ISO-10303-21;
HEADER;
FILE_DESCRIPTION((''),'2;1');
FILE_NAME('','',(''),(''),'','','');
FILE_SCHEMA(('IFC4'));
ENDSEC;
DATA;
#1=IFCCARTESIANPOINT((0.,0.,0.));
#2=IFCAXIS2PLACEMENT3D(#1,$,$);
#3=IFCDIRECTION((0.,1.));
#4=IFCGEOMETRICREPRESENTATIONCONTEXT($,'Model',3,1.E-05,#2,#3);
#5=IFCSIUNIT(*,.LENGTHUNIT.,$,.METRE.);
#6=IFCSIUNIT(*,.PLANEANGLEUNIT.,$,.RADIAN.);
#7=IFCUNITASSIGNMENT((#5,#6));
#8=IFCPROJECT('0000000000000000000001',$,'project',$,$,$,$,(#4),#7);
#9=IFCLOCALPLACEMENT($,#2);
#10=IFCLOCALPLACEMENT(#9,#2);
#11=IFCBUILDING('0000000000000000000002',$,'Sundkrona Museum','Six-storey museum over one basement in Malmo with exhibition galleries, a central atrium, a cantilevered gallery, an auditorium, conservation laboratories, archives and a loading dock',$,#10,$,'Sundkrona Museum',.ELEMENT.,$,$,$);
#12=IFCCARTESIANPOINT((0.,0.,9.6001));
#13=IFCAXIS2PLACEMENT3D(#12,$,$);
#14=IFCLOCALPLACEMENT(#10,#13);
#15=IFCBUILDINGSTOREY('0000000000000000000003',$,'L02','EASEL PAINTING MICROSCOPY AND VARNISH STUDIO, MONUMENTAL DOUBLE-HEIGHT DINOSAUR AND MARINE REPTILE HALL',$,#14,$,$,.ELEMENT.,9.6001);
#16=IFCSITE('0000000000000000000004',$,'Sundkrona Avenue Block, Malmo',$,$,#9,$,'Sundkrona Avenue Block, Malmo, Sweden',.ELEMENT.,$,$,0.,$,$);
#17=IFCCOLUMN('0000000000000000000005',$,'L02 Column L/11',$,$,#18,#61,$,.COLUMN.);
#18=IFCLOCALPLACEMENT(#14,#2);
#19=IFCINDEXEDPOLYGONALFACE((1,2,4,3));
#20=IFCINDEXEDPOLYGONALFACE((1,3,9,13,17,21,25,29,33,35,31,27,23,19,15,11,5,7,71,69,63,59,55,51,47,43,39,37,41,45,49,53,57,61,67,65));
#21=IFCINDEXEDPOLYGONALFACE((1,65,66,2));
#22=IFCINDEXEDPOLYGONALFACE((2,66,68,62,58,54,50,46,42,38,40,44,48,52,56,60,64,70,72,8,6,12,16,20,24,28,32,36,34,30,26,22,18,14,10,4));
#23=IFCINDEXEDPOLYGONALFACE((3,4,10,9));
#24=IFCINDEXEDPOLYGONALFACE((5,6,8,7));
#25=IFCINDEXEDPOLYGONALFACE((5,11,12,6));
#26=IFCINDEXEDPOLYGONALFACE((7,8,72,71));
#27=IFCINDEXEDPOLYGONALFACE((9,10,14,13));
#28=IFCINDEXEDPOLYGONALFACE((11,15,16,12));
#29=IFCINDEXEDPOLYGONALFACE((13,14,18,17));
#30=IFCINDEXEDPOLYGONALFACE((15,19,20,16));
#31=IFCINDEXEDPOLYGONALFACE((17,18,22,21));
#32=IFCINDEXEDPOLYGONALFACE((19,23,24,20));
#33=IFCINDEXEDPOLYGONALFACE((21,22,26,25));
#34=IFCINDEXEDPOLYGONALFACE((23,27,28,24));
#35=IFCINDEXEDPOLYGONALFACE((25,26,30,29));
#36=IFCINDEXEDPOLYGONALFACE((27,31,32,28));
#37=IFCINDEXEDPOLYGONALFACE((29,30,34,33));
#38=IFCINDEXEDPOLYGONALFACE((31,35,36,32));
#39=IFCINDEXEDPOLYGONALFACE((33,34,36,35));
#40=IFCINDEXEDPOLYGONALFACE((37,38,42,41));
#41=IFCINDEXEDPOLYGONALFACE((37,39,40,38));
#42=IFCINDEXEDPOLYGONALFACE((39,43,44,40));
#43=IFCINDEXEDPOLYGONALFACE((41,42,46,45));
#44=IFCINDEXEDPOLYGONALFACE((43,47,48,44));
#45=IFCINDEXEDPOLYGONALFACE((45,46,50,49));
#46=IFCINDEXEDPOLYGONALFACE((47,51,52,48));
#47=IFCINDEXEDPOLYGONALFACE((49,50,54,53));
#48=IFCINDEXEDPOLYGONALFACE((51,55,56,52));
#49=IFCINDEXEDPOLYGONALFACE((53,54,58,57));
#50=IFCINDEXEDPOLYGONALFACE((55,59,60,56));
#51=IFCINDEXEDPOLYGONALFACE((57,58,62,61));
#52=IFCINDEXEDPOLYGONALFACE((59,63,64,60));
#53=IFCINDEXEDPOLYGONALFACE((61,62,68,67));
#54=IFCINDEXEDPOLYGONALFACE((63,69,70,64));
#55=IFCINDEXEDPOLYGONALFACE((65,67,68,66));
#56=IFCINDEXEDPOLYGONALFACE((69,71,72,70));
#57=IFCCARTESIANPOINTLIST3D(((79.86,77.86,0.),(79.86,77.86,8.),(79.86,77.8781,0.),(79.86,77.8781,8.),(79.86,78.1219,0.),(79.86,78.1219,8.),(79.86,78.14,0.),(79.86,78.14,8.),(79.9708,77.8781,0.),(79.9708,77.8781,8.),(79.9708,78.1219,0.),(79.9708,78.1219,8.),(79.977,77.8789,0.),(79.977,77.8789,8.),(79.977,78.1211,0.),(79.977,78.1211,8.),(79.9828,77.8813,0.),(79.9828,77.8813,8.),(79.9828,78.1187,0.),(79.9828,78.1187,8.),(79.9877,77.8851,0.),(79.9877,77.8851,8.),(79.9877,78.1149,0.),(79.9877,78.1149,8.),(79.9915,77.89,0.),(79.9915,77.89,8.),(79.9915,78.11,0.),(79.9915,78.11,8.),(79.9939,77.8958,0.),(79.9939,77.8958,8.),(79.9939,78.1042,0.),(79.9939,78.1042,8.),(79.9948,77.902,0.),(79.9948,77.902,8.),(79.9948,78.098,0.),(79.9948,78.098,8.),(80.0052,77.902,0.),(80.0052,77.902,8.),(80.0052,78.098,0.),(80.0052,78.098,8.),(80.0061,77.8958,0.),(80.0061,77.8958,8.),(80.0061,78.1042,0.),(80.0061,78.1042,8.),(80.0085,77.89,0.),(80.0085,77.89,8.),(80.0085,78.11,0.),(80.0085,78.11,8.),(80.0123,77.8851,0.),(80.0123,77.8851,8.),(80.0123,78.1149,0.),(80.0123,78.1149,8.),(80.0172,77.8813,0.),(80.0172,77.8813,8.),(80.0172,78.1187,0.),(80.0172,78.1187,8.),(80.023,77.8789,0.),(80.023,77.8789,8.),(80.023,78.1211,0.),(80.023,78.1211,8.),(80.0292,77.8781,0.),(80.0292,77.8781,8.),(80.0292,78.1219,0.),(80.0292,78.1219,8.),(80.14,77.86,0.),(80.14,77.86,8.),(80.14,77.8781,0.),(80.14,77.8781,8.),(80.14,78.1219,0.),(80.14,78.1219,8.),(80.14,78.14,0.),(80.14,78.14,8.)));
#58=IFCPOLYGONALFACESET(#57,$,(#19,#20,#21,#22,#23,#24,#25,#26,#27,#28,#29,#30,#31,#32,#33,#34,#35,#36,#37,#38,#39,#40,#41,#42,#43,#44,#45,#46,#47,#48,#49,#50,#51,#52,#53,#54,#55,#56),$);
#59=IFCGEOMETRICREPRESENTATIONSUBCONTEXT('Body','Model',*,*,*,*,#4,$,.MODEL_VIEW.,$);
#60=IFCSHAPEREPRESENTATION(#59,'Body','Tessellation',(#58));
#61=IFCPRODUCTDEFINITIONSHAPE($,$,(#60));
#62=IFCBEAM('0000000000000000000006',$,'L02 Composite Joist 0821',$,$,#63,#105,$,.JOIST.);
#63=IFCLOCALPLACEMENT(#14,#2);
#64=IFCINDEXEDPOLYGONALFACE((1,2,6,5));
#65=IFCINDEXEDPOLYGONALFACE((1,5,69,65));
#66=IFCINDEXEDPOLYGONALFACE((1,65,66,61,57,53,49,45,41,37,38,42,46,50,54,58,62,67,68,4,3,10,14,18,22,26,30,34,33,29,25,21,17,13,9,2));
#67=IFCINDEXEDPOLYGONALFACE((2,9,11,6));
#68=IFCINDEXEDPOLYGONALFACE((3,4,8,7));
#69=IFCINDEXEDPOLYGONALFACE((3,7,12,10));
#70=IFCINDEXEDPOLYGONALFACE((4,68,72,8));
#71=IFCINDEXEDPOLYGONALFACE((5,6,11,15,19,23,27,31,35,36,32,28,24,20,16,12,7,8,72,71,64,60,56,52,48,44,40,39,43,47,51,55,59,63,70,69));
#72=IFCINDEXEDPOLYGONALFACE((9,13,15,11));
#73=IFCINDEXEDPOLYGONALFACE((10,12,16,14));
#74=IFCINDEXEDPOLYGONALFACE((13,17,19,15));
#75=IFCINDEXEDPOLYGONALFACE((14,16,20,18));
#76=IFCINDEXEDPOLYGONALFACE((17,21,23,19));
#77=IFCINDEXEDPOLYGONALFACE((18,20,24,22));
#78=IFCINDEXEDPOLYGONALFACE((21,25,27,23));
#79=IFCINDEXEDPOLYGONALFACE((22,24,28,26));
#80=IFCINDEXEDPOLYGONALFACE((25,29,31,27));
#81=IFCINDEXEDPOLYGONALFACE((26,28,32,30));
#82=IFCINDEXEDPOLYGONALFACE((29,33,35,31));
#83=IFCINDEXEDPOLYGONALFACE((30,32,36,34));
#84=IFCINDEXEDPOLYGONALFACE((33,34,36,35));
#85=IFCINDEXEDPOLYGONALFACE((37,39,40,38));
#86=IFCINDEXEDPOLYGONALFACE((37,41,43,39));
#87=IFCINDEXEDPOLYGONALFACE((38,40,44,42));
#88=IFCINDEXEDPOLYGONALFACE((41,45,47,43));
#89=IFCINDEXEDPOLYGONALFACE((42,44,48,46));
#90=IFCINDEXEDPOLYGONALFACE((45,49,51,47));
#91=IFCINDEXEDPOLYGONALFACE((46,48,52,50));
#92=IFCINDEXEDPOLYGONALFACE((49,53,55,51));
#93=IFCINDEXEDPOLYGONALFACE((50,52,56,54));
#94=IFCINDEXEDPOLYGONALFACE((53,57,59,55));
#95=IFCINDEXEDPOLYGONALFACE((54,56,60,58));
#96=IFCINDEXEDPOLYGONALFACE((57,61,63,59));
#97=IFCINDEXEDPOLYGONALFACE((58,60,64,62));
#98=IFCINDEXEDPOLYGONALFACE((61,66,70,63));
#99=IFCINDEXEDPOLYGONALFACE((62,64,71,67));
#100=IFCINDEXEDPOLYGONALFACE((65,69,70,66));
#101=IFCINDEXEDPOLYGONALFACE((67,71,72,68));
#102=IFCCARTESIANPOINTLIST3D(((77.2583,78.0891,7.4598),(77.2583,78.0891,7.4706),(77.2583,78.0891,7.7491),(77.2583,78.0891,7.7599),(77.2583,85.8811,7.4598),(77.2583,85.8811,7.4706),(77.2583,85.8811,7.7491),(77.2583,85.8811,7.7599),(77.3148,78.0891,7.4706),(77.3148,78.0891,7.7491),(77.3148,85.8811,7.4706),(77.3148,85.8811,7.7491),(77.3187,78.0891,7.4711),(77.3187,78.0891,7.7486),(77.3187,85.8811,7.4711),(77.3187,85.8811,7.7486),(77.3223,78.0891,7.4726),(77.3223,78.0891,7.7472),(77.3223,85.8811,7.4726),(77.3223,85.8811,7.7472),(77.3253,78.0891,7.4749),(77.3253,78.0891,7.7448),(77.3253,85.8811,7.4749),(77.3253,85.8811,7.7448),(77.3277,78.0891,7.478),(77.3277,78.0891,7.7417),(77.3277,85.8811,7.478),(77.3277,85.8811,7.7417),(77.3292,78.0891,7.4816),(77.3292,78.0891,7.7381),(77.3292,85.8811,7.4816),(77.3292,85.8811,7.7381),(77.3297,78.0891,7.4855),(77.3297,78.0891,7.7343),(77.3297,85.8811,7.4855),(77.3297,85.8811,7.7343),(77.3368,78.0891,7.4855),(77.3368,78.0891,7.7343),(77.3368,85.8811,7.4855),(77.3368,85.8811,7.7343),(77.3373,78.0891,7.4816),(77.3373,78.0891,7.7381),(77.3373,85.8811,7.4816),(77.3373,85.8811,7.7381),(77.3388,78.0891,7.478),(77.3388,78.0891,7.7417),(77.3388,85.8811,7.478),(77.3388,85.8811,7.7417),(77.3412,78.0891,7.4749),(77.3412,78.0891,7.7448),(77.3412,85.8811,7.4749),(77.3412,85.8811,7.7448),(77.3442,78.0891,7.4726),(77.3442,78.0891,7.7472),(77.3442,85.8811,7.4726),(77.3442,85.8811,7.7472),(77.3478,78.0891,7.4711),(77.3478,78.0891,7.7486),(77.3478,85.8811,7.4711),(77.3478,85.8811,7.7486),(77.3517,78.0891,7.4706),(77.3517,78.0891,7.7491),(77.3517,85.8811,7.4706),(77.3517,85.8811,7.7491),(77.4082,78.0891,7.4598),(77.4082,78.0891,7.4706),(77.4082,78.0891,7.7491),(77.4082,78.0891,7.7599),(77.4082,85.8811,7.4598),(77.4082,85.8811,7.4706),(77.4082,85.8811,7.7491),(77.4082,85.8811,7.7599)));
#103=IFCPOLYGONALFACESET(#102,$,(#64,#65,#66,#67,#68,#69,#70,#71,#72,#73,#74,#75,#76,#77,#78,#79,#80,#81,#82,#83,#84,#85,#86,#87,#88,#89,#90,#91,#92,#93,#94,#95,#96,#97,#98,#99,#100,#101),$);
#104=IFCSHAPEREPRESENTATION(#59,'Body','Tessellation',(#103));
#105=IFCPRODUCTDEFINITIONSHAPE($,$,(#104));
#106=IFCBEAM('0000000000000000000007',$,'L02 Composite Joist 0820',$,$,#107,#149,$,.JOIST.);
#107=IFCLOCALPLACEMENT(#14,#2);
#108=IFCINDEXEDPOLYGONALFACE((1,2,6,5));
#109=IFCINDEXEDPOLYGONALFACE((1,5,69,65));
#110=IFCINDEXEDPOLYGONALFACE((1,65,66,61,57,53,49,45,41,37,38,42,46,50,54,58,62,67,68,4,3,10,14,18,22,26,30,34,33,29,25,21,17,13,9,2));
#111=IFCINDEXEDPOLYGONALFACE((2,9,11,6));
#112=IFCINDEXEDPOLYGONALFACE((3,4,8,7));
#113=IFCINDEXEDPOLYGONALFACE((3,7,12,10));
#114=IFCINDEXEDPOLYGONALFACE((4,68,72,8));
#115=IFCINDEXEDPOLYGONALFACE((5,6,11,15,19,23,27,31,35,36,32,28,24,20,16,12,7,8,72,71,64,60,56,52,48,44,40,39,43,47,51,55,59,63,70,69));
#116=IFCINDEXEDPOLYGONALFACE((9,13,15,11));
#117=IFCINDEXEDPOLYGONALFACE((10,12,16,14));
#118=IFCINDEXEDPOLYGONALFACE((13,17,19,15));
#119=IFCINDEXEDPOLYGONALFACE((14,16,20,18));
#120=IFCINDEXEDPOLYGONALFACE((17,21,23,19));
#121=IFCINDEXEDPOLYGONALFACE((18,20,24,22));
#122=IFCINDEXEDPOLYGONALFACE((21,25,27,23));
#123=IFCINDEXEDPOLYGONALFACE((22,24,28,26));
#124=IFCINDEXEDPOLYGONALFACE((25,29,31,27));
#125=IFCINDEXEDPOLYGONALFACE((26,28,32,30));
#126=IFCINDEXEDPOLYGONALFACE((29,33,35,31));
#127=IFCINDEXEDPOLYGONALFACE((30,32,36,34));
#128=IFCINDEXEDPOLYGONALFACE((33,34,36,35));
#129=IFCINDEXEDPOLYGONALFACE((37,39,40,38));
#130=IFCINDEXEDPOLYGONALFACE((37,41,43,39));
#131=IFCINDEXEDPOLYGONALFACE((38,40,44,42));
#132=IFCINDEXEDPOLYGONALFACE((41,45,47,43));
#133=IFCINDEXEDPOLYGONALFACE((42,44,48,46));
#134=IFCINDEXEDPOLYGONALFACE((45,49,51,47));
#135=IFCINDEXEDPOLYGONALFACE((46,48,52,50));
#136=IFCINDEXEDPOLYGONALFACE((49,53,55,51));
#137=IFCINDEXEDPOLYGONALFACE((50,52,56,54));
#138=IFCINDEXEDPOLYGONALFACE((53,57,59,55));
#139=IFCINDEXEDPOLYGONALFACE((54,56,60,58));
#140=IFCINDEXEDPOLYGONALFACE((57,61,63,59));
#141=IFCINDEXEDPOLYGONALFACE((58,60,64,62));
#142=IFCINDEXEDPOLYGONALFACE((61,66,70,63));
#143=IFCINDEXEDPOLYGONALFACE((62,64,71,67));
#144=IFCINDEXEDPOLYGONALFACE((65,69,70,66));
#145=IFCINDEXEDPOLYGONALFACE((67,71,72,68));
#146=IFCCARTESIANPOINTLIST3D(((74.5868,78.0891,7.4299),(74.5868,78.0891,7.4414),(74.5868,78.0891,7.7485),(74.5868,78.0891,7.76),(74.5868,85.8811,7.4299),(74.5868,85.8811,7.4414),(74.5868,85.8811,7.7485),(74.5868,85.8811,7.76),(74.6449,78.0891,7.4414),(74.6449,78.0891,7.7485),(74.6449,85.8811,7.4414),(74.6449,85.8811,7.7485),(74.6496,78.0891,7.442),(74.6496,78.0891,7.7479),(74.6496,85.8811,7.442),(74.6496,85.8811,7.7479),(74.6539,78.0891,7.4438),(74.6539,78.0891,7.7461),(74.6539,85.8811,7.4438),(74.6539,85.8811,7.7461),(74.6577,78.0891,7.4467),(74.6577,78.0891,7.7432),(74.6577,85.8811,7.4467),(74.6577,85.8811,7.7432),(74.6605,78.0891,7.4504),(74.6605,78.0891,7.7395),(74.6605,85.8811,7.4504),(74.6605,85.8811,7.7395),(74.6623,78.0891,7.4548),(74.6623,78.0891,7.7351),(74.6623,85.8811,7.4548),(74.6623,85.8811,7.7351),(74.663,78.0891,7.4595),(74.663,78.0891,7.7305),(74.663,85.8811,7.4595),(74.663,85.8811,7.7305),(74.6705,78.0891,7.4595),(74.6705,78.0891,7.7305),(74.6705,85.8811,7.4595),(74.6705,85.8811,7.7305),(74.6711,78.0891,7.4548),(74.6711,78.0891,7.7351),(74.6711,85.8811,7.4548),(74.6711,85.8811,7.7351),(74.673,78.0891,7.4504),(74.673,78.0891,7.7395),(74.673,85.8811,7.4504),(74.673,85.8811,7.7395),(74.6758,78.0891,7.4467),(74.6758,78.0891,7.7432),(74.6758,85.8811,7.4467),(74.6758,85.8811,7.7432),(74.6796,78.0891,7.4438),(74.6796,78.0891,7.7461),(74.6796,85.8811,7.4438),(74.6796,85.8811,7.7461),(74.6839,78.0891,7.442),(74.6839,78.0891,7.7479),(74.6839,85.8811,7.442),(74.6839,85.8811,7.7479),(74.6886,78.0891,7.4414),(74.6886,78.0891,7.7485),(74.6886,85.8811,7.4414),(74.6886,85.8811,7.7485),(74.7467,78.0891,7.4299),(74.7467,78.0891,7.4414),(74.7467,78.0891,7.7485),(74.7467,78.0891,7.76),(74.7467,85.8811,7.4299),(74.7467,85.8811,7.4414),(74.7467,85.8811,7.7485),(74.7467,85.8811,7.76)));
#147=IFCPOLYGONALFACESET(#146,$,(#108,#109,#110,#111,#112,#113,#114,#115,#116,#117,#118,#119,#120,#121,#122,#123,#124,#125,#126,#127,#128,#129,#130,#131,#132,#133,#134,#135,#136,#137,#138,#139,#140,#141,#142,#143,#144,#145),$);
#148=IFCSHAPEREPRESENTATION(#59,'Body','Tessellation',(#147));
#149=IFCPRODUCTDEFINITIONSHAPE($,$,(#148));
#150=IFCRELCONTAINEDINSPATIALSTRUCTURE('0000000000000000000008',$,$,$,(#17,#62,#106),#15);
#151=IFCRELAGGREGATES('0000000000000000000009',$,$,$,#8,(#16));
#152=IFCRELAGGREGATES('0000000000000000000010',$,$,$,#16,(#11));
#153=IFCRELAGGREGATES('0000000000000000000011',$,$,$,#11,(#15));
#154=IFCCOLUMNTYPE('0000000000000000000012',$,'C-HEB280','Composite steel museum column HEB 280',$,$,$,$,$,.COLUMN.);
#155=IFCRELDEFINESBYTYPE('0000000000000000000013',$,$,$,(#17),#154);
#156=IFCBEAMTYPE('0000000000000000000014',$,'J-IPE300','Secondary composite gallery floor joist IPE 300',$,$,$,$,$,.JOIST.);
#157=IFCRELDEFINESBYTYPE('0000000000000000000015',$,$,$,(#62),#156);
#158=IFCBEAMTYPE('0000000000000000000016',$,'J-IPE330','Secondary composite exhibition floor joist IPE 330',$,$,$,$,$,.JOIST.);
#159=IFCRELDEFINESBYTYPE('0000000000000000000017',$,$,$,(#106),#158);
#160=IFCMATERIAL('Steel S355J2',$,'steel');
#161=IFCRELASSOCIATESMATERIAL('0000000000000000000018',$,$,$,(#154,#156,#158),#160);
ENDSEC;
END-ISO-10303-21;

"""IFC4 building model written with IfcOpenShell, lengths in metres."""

from ifc_helpers import new_model, si_unit, direction, frame, origin, origin_2d, place, context, subcontext, project, spatial, i_section, extrude, material, material_profile, profile_set, type_object, element, save


model = new_model("IFC4")

# Units and contexts
model_context = context("Model", 3, precision=1e-05, world=origin(), true_north=direction((0.0, 1.0)))
body_context = subcontext(model_context, "Body", "Model", "MODEL_VIEW")
ifc_project = project(units=[si_unit("LENGTHUNIT", "METRE"), si_unit("PLANEANGLEUNIT", "RADIAN")], contexts=[model_context])

# Site, building, storey
site_placement = place(None, origin())
site = spatial("IfcSite", under=ifc_project, at=site_placement, Name="Sundkrona Avenue Block, Malmo", LongName="Sundkrona Avenue Block, Malmo, Sweden", CompositionType="ELEMENT", RefElevation=0.0)
building_placement = place(site_placement, origin())
building = spatial("IfcBuilding", under=site, at=building_placement, Name="Sundkrona Museum", Description="Six-storey museum over one basement in Malmo with exhibition galleries, a central atrium, a cantilevered gallery, an auditorium, conservation laboratories, archives and a loading dock", LongName="Sundkrona Museum", CompositionType="ELEMENT")
storey_placement = place(building_placement, frame((0.0, 0.0, 9.6001)))
storey = spatial("IfcBuildingStorey", under=building, at=storey_placement, Name="L02", Description="EASEL PAINTING MICROSCOPY AND VARNISH STUDIO, MONUMENTAL DOUBLE-HEIGHT DINOSAUR AND MARINE REPTILE HALL", CompositionType="ELEMENT", Elevation=9.6001)

# Column
ifc_material_1 = material(Name="Steel S355J2", Category="steel")
ifc_material_profile_1 = material_profile(ifc_material_1, i_section(OverallWidth=0.28, OverallDepth=0.28, WebThickness=0.0105, FlangeThickness=0.0181, FilletRadius=0.0239, at=origin_2d()), Name="HEB 280")
ifc_profile_set_1 = profile_set([ifc_material_profile_1], Name="Steel S355J2")
column_type = type_object("IfcColumnType", Name="C-HEB280", Description="Composite steel museum column HEB 280", PredefinedType="COLUMN", material=ifc_profile_set_1)
column_placement = place(storey_placement, frame((80.0, 78.0, 0.0), z_axis=(0.0, 0.0, 1.0), x_axis=(1.0, 0.0, 0.0)))
element("IfcColumn", 1, at=column_placement, inside=storey, type_object=column_type, Name="L02 Column L/11", PredefinedType="COLUMN", context=body_context, shape_type="SweptSolid", body=[
    extrude(i_section(OverallWidth=0.28, OverallDepth=0.28, WebThickness=0.0105, FlangeThickness=0.0181, FilletRadius=0.0239, at=origin_2d()), origin(), (0.0, 0.0, 1.0), 8.0),
])

# Beams
ifc_material_profile_2 = material_profile(ifc_material_1, i_section(OverallWidth=0.1499, OverallDepth=0.3, WebThickness=0.0071, FlangeThickness=0.0107, FilletRadius=0.0149, at=origin_2d()), Name="IPE 300")
ifc_profile_set_2 = profile_set([ifc_material_profile_2], Name="Steel S355J2")
beam_type_1 = type_object("IfcBeamType", Name="J-IPE300", Description="Secondary composite gallery floor joist IPE 300", PredefinedType="JOIST", material=ifc_profile_set_2)
beam_1_placement = place(storey_placement, frame((77.3333, 78.0891, 7.6099), z_axis=(0.0, 1.0, 0.0), x_axis=(-1.0, 0.0, 0.0)))
element("IfcBeam", 2, at=beam_1_placement, inside=storey, type_object=beam_type_1, Name="L02 Composite Joist 0821", PredefinedType="JOIST", context=body_context, shape_type="SweptSolid", body=[
    extrude(i_section(OverallWidth=0.1499, OverallDepth=0.3, WebThickness=0.0071, FlangeThickness=0.0107, FilletRadius=0.0149, at=origin_2d()), origin(), (0.0, 0.0, 1.0), 7.792),
])
ifc_material_profile_3 = material_profile(ifc_material_1, i_section(OverallWidth=0.1599, OverallDepth=0.3301, WebThickness=0.0076, FlangeThickness=0.0115, FilletRadius=0.0181, at=origin_2d()), Name="IPE 330")
ifc_profile_set_3 = profile_set([ifc_material_profile_3], Name="Steel S355J2")
beam_type_2 = type_object("IfcBeamType", Name="J-IPE330", Description="Secondary composite exhibition floor joist IPE 330", PredefinedType="JOIST", material=ifc_profile_set_3)
beam_2_placement = place(storey_placement, frame((74.6667, 78.0891, 7.595), z_axis=(0.0, 1.0, 0.0), x_axis=(-1.0, 0.0, 0.0)))
element("IfcBeam", 3, at=beam_2_placement, inside=storey, type_object=beam_type_2, Name="L02 Composite Joist 0820", PredefinedType="JOIST", context=body_context, shape_type="SweptSolid", body=[
    extrude(i_section(OverallWidth=0.1599, OverallDepth=0.3301, WebThickness=0.0076, FlangeThickness=0.0115, FilletRadius=0.0181, at=origin_2d()), origin(), (0.0, 0.0, 1.0), 7.792),
])

save(model, "model.ifc")
